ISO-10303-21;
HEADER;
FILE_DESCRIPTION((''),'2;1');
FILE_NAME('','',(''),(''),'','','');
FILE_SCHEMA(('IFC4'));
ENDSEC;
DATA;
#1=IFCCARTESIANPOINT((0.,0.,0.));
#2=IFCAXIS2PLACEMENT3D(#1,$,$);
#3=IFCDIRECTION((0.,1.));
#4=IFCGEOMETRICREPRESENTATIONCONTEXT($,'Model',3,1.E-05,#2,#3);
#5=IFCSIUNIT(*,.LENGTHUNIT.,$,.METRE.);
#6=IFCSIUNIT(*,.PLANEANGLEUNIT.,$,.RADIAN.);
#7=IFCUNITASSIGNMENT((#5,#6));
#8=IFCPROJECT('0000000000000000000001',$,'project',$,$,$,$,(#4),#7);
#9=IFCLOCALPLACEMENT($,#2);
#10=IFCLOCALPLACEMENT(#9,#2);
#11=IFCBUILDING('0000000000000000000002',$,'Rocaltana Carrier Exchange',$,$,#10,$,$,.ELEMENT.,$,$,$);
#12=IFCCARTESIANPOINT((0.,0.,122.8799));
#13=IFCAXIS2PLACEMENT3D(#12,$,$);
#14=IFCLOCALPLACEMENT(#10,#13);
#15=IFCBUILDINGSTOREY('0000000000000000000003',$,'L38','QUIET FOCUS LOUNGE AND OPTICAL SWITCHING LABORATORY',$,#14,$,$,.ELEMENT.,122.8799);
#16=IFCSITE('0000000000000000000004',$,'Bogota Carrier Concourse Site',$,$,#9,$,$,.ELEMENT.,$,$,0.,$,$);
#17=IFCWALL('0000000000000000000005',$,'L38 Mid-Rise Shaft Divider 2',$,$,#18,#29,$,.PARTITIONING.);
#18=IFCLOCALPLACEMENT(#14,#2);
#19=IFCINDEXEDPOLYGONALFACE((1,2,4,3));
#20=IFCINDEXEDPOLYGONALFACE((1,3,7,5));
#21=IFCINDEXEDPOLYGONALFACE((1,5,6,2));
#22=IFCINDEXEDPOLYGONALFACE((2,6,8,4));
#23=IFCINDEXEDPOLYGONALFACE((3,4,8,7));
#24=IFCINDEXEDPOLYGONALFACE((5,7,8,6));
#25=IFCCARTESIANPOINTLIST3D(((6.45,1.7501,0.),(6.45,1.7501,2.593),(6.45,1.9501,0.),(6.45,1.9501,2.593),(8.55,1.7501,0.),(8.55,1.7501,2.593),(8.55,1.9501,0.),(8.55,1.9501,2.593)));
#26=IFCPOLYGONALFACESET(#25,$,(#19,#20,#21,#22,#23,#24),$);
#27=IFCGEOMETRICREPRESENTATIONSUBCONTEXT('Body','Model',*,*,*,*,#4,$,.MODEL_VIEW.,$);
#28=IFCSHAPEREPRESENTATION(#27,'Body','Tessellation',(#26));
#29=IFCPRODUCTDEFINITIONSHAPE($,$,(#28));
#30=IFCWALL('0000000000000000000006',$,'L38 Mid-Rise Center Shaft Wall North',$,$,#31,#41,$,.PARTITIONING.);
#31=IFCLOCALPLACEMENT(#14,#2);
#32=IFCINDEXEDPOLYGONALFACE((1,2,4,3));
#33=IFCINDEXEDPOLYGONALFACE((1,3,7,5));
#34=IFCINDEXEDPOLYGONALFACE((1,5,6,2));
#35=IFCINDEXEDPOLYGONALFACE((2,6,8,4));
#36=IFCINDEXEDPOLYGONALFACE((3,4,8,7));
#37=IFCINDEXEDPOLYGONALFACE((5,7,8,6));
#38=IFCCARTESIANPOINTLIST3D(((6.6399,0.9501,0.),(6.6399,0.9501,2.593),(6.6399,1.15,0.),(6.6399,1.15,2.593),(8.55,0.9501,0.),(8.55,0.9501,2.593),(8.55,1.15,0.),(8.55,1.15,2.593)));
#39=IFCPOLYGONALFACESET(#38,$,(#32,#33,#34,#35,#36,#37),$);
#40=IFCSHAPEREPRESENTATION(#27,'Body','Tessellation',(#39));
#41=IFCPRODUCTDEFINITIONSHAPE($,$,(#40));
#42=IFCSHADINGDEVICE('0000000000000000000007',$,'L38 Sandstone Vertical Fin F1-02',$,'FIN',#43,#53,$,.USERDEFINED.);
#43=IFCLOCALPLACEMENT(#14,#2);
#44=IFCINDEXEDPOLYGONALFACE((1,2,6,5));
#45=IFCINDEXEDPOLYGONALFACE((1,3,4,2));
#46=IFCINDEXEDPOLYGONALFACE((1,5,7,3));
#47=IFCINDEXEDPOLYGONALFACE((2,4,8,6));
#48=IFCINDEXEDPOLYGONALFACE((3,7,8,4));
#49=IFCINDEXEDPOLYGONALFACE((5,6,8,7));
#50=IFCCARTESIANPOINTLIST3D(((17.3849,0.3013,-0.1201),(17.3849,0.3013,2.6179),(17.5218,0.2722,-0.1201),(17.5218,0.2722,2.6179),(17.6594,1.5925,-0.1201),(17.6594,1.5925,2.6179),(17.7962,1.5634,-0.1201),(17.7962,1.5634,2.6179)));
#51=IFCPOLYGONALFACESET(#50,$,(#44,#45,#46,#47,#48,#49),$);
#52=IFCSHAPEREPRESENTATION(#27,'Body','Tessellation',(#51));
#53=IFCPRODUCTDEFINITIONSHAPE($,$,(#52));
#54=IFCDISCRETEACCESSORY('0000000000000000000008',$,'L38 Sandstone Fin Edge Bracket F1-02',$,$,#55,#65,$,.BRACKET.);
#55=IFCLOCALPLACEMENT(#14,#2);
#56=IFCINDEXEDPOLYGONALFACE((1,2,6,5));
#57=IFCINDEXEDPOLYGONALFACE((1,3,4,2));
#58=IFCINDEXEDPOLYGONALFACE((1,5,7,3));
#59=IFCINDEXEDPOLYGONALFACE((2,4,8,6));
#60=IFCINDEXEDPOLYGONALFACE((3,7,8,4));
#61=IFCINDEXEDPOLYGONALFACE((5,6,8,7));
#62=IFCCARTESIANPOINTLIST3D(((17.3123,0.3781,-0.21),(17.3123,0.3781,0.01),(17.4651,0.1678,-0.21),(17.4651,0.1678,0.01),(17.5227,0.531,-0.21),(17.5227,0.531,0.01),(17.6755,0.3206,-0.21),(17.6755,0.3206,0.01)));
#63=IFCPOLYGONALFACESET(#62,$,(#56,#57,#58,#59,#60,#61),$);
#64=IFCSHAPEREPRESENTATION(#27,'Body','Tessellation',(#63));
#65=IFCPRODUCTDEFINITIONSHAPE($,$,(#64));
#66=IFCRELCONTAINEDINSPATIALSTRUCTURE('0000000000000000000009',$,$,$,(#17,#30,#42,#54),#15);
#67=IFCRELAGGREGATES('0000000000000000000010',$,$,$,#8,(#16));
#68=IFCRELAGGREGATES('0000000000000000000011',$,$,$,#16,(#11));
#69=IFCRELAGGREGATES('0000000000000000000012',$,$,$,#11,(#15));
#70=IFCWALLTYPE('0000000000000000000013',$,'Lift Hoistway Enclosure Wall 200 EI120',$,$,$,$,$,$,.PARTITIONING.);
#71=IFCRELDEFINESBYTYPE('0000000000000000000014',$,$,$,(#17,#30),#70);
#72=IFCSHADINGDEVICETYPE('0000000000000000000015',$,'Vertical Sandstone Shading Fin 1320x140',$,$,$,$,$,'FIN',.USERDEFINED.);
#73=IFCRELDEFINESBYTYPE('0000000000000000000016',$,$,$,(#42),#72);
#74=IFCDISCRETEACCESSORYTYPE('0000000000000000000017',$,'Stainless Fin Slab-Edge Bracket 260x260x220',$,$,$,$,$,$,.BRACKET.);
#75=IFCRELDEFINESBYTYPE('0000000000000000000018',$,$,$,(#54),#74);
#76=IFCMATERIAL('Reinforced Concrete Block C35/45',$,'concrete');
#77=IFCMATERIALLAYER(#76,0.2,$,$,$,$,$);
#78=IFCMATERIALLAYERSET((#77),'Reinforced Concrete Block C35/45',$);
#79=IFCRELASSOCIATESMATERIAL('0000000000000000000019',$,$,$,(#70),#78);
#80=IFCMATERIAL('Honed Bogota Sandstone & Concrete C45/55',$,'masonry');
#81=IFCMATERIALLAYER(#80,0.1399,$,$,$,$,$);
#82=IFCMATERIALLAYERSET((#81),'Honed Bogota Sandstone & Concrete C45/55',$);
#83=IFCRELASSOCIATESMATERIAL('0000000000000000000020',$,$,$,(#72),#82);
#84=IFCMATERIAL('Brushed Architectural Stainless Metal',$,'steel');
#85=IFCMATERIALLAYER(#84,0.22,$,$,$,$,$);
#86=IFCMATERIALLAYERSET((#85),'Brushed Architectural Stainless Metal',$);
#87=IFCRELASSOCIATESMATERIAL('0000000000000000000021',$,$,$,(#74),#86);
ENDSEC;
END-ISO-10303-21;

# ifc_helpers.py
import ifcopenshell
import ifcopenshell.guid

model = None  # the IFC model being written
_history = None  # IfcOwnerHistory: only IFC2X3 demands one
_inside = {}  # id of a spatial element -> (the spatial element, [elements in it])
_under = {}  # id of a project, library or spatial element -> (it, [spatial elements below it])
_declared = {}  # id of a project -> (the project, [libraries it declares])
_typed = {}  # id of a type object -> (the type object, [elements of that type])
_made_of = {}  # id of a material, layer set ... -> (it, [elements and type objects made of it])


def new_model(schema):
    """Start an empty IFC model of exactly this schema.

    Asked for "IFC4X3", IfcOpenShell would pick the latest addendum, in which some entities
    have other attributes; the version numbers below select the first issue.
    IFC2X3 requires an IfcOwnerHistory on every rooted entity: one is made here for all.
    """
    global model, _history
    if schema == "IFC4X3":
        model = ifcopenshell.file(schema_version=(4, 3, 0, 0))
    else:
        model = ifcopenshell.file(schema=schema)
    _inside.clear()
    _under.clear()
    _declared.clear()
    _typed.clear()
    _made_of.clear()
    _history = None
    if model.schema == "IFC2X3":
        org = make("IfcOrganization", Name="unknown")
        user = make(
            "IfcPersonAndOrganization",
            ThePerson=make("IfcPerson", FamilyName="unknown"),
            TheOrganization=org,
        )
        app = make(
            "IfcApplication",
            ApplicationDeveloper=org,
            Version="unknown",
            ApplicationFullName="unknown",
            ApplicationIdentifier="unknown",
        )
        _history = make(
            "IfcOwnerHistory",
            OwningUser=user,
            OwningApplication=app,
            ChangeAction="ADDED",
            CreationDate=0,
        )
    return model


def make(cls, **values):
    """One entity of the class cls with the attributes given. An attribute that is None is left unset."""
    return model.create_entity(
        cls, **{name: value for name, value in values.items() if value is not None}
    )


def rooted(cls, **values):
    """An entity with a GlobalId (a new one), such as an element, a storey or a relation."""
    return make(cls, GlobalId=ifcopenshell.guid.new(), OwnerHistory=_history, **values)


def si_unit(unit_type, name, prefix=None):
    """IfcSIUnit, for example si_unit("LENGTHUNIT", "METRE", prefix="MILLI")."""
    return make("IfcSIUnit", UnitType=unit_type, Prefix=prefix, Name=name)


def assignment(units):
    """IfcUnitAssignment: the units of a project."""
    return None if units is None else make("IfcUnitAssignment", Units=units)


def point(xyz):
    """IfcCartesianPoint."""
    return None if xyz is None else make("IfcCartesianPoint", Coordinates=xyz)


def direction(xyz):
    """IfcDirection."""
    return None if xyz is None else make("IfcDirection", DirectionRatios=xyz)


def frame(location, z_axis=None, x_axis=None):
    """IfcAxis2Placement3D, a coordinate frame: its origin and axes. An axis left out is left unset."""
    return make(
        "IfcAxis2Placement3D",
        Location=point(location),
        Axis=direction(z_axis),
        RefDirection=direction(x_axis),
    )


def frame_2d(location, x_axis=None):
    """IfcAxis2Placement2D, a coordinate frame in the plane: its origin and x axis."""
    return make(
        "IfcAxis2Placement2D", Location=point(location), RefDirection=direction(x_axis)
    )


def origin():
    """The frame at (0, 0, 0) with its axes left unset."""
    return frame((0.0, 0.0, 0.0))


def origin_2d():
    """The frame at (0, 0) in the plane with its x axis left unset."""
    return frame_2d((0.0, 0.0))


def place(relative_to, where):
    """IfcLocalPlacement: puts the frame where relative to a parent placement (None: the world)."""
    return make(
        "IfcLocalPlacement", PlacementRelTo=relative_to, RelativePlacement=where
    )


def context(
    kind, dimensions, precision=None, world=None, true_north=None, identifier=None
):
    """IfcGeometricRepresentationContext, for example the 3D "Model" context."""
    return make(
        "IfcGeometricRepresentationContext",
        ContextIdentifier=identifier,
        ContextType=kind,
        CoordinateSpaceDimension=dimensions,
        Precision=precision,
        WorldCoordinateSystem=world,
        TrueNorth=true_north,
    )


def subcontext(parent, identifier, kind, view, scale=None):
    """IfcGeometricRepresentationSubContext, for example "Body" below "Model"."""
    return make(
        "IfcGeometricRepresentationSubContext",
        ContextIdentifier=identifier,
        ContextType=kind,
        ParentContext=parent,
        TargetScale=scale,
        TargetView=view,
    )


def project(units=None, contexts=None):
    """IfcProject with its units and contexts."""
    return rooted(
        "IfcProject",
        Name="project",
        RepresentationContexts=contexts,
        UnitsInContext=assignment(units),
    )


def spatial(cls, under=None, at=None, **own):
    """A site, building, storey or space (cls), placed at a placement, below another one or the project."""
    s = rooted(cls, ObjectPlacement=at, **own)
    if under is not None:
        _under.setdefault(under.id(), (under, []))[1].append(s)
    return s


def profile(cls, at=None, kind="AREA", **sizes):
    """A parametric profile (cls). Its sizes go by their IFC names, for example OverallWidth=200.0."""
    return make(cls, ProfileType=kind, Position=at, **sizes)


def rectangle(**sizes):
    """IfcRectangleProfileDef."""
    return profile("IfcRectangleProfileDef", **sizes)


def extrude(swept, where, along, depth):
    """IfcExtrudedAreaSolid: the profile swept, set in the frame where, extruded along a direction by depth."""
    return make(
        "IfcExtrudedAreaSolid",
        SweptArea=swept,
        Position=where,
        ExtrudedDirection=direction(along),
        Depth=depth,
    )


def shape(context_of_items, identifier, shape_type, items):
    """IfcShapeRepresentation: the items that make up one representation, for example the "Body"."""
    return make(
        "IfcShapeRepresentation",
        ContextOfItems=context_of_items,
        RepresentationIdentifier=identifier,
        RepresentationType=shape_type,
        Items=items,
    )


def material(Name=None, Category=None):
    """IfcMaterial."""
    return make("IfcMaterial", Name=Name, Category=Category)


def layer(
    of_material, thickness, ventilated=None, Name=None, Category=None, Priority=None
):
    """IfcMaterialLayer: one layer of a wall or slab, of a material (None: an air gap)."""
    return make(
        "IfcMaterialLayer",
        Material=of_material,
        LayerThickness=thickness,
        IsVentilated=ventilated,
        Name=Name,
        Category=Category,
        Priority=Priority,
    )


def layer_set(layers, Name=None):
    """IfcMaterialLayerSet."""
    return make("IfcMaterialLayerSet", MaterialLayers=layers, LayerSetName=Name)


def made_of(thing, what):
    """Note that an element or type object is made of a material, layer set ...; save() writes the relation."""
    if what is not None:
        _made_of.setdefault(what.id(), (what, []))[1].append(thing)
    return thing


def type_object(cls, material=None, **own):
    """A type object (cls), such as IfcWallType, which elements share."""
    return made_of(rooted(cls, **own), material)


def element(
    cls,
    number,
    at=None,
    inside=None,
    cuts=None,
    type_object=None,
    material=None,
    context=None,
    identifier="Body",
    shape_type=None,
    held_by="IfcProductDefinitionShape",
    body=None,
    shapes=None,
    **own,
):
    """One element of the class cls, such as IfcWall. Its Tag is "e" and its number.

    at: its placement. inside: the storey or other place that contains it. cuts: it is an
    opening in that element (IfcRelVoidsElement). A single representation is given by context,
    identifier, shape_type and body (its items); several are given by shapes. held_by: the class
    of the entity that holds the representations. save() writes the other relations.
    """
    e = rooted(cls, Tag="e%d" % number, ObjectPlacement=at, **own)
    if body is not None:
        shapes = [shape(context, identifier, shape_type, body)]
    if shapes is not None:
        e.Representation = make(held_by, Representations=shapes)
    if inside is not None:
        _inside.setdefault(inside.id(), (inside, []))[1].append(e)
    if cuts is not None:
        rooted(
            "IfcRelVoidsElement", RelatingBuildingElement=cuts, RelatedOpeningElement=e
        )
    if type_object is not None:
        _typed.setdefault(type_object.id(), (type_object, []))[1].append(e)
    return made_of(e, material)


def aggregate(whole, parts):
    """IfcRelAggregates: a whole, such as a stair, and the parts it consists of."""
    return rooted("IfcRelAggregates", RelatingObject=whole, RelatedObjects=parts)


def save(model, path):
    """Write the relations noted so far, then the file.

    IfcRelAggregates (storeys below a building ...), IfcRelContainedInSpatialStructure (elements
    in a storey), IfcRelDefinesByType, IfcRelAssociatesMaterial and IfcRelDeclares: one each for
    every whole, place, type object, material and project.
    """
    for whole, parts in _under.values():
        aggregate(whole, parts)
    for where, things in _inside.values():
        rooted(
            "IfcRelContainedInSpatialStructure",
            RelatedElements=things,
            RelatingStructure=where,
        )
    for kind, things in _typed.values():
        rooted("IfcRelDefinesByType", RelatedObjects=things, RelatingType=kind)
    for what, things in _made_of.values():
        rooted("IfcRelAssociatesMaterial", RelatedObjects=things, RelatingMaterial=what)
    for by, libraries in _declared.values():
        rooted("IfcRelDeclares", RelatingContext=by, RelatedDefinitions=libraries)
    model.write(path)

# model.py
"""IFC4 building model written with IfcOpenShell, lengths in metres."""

from ifc_helpers import new_model, si_unit, direction, frame, frame_2d, origin, origin_2d, place, context, subcontext, project, spatial, rectangle, extrude, material, layer, layer_set, type_object, element, save


model = new_model("IFC4")

# Units and contexts
model_context = context("Model", 3, precision=1e-05, world=origin(), true_north=direction((0.0, 1.0)))
body_context = subcontext(model_context, "Body", "Model", "MODEL_VIEW")
ifc_project = project(units=[si_unit("LENGTHUNIT", "METRE"), si_unit("PLANEANGLEUNIT", "RADIAN")], contexts=[model_context])

# Site, building, storey
site_placement = place(None, origin())
site = spatial("IfcSite", under=ifc_project, at=site_placement, Name="Bogota Carrier Concourse Site", CompositionType="ELEMENT", RefElevation=0.0)
building_placement = place(site_placement, origin())
building = spatial("IfcBuilding", under=site, at=building_placement, Name="Rocaltana Carrier Exchange", CompositionType="ELEMENT")
storey_placement = place(building_placement, frame((0.0, 0.0, 122.8799)))
storey = spatial("IfcBuildingStorey", under=building, at=storey_placement, Name="L38", Description="QUIET FOCUS LOUNGE AND OPTICAL SWITCHING LABORATORY", CompositionType="ELEMENT", Elevation=122.8799)

# Walls
ifc_material_1 = material(Name="Reinforced Concrete Block C35/45", Category="concrete")
ifc_layer_1 = layer(ifc_material_1, 0.2)
ifc_layer_set_1 = layer_set([ifc_layer_1], Name="Reinforced Concrete Block C35/45")
wall_type_1 = type_object("IfcWallType", Name="Lift Hoistway Enclosure Wall 200 EI120", PredefinedType="PARTITIONING", material=ifc_layer_set_1)
wall_1_placement = place(storey_placement, frame((6.45, 1.8501, 0.0), z_axis=(0.0, 0.0, 1.0), x_axis=(1.0, 0.0, 0.0)))
element("IfcWall", 1, at=wall_1_placement, inside=storey, type_object=wall_type_1, Name="L38 Mid-Rise Shaft Divider 2", PredefinedType="PARTITIONING", context=body_context, shape_type="SweptSolid", body=[
    extrude(rectangle(XDim=2.1001, YDim=0.2, at=frame_2d((1.05, 0.0))), origin(), (0.0, 0.0, 1.0), 2.593),
])
wall_2_placement = place(storey_placement, frame((6.6399, 1.05, 0.0), z_axis=(0.0, 0.0, 1.0), x_axis=(1.0, 0.0, 0.0)))
element("IfcWall", 2, at=wall_2_placement, inside=storey, type_object=wall_type_1, Name="L38 Mid-Rise Center Shaft Wall North", PredefinedType="PARTITIONING", context=body_context, shape_type="SweptSolid", body=[
    extrude(rectangle(XDim=1.9102, YDim=0.2, at=frame_2d((0.9551, 0.0))), origin(), (0.0, 0.0, 1.0), 2.593),
])

# Shading device
ifc_material_2 = material(Name="Honed Bogota Sandstone & Concrete C45/55", Category="masonry")
ifc_layer_2 = layer(ifc_material_2, 0.1399)
ifc_layer_set_2 = layer_set([ifc_layer_2], Name="Honed Bogota Sandstone & Concrete C45/55")
shading_device_type = type_object("IfcShadingDeviceType", Name="Vertical Sandstone Shading Fin 1320x140", ElementType="FIN", PredefinedType="USERDEFINED", material=ifc_layer_set_2)
shading_device_placement = place(storey_placement, frame((17.5906, 0.9324, -0.1201), z_axis=(0.0, 0.0, 1.0), x_axis=(0.207912, 0.978148, 0.0)))
element("IfcShadingDevice", 3, at=shading_device_placement, inside=storey, type_object=shading_device_type, Name="L38 Sandstone Vertical Fin F1-02", ObjectType="FIN", PredefinedType="USERDEFINED", context=body_context, shape_type="SweptSolid", body=[
    extrude(rectangle(XDim=1.3201, YDim=0.1399, at=origin_2d()), origin(), (0.0, 0.0, 1.0), 2.738),
])

# Discrete accessory
ifc_material_3 = material(Name="Brushed Architectural Stainless Metal", Category="steel")
ifc_layer_3 = layer(ifc_material_3, 0.22)
ifc_layer_set_3 = layer_set([ifc_layer_3], Name="Brushed Architectural Stainless Metal")
discrete_accessory_type = type_object("IfcDiscreteAccessoryType", Name="Stainless Fin Slab-Edge Bracket 260x260x220", PredefinedType="BRACKET", material=ifc_layer_set_3)
discrete_accessory_placement = place(storey_placement, frame((17.4939, 0.3494, -0.21), z_axis=(0.0, 0.0, 1.0), x_axis=(-0.587785, 0.809017, 0.0)))
element("IfcDiscreteAccessory", 4, at=discrete_accessory_placement, inside=storey, type_object=discrete_accessory_type, Name="L38 Sandstone Fin Edge Bracket F1-02", PredefinedType="BRACKET", context=body_context, shape_type="SweptSolid", body=[
    extrude(rectangle(XDim=0.26, YDim=0.26, at=origin_2d()), origin(), (0.0, 0.0, 1.0), 0.22),
])

save(model, "model.ifc")
